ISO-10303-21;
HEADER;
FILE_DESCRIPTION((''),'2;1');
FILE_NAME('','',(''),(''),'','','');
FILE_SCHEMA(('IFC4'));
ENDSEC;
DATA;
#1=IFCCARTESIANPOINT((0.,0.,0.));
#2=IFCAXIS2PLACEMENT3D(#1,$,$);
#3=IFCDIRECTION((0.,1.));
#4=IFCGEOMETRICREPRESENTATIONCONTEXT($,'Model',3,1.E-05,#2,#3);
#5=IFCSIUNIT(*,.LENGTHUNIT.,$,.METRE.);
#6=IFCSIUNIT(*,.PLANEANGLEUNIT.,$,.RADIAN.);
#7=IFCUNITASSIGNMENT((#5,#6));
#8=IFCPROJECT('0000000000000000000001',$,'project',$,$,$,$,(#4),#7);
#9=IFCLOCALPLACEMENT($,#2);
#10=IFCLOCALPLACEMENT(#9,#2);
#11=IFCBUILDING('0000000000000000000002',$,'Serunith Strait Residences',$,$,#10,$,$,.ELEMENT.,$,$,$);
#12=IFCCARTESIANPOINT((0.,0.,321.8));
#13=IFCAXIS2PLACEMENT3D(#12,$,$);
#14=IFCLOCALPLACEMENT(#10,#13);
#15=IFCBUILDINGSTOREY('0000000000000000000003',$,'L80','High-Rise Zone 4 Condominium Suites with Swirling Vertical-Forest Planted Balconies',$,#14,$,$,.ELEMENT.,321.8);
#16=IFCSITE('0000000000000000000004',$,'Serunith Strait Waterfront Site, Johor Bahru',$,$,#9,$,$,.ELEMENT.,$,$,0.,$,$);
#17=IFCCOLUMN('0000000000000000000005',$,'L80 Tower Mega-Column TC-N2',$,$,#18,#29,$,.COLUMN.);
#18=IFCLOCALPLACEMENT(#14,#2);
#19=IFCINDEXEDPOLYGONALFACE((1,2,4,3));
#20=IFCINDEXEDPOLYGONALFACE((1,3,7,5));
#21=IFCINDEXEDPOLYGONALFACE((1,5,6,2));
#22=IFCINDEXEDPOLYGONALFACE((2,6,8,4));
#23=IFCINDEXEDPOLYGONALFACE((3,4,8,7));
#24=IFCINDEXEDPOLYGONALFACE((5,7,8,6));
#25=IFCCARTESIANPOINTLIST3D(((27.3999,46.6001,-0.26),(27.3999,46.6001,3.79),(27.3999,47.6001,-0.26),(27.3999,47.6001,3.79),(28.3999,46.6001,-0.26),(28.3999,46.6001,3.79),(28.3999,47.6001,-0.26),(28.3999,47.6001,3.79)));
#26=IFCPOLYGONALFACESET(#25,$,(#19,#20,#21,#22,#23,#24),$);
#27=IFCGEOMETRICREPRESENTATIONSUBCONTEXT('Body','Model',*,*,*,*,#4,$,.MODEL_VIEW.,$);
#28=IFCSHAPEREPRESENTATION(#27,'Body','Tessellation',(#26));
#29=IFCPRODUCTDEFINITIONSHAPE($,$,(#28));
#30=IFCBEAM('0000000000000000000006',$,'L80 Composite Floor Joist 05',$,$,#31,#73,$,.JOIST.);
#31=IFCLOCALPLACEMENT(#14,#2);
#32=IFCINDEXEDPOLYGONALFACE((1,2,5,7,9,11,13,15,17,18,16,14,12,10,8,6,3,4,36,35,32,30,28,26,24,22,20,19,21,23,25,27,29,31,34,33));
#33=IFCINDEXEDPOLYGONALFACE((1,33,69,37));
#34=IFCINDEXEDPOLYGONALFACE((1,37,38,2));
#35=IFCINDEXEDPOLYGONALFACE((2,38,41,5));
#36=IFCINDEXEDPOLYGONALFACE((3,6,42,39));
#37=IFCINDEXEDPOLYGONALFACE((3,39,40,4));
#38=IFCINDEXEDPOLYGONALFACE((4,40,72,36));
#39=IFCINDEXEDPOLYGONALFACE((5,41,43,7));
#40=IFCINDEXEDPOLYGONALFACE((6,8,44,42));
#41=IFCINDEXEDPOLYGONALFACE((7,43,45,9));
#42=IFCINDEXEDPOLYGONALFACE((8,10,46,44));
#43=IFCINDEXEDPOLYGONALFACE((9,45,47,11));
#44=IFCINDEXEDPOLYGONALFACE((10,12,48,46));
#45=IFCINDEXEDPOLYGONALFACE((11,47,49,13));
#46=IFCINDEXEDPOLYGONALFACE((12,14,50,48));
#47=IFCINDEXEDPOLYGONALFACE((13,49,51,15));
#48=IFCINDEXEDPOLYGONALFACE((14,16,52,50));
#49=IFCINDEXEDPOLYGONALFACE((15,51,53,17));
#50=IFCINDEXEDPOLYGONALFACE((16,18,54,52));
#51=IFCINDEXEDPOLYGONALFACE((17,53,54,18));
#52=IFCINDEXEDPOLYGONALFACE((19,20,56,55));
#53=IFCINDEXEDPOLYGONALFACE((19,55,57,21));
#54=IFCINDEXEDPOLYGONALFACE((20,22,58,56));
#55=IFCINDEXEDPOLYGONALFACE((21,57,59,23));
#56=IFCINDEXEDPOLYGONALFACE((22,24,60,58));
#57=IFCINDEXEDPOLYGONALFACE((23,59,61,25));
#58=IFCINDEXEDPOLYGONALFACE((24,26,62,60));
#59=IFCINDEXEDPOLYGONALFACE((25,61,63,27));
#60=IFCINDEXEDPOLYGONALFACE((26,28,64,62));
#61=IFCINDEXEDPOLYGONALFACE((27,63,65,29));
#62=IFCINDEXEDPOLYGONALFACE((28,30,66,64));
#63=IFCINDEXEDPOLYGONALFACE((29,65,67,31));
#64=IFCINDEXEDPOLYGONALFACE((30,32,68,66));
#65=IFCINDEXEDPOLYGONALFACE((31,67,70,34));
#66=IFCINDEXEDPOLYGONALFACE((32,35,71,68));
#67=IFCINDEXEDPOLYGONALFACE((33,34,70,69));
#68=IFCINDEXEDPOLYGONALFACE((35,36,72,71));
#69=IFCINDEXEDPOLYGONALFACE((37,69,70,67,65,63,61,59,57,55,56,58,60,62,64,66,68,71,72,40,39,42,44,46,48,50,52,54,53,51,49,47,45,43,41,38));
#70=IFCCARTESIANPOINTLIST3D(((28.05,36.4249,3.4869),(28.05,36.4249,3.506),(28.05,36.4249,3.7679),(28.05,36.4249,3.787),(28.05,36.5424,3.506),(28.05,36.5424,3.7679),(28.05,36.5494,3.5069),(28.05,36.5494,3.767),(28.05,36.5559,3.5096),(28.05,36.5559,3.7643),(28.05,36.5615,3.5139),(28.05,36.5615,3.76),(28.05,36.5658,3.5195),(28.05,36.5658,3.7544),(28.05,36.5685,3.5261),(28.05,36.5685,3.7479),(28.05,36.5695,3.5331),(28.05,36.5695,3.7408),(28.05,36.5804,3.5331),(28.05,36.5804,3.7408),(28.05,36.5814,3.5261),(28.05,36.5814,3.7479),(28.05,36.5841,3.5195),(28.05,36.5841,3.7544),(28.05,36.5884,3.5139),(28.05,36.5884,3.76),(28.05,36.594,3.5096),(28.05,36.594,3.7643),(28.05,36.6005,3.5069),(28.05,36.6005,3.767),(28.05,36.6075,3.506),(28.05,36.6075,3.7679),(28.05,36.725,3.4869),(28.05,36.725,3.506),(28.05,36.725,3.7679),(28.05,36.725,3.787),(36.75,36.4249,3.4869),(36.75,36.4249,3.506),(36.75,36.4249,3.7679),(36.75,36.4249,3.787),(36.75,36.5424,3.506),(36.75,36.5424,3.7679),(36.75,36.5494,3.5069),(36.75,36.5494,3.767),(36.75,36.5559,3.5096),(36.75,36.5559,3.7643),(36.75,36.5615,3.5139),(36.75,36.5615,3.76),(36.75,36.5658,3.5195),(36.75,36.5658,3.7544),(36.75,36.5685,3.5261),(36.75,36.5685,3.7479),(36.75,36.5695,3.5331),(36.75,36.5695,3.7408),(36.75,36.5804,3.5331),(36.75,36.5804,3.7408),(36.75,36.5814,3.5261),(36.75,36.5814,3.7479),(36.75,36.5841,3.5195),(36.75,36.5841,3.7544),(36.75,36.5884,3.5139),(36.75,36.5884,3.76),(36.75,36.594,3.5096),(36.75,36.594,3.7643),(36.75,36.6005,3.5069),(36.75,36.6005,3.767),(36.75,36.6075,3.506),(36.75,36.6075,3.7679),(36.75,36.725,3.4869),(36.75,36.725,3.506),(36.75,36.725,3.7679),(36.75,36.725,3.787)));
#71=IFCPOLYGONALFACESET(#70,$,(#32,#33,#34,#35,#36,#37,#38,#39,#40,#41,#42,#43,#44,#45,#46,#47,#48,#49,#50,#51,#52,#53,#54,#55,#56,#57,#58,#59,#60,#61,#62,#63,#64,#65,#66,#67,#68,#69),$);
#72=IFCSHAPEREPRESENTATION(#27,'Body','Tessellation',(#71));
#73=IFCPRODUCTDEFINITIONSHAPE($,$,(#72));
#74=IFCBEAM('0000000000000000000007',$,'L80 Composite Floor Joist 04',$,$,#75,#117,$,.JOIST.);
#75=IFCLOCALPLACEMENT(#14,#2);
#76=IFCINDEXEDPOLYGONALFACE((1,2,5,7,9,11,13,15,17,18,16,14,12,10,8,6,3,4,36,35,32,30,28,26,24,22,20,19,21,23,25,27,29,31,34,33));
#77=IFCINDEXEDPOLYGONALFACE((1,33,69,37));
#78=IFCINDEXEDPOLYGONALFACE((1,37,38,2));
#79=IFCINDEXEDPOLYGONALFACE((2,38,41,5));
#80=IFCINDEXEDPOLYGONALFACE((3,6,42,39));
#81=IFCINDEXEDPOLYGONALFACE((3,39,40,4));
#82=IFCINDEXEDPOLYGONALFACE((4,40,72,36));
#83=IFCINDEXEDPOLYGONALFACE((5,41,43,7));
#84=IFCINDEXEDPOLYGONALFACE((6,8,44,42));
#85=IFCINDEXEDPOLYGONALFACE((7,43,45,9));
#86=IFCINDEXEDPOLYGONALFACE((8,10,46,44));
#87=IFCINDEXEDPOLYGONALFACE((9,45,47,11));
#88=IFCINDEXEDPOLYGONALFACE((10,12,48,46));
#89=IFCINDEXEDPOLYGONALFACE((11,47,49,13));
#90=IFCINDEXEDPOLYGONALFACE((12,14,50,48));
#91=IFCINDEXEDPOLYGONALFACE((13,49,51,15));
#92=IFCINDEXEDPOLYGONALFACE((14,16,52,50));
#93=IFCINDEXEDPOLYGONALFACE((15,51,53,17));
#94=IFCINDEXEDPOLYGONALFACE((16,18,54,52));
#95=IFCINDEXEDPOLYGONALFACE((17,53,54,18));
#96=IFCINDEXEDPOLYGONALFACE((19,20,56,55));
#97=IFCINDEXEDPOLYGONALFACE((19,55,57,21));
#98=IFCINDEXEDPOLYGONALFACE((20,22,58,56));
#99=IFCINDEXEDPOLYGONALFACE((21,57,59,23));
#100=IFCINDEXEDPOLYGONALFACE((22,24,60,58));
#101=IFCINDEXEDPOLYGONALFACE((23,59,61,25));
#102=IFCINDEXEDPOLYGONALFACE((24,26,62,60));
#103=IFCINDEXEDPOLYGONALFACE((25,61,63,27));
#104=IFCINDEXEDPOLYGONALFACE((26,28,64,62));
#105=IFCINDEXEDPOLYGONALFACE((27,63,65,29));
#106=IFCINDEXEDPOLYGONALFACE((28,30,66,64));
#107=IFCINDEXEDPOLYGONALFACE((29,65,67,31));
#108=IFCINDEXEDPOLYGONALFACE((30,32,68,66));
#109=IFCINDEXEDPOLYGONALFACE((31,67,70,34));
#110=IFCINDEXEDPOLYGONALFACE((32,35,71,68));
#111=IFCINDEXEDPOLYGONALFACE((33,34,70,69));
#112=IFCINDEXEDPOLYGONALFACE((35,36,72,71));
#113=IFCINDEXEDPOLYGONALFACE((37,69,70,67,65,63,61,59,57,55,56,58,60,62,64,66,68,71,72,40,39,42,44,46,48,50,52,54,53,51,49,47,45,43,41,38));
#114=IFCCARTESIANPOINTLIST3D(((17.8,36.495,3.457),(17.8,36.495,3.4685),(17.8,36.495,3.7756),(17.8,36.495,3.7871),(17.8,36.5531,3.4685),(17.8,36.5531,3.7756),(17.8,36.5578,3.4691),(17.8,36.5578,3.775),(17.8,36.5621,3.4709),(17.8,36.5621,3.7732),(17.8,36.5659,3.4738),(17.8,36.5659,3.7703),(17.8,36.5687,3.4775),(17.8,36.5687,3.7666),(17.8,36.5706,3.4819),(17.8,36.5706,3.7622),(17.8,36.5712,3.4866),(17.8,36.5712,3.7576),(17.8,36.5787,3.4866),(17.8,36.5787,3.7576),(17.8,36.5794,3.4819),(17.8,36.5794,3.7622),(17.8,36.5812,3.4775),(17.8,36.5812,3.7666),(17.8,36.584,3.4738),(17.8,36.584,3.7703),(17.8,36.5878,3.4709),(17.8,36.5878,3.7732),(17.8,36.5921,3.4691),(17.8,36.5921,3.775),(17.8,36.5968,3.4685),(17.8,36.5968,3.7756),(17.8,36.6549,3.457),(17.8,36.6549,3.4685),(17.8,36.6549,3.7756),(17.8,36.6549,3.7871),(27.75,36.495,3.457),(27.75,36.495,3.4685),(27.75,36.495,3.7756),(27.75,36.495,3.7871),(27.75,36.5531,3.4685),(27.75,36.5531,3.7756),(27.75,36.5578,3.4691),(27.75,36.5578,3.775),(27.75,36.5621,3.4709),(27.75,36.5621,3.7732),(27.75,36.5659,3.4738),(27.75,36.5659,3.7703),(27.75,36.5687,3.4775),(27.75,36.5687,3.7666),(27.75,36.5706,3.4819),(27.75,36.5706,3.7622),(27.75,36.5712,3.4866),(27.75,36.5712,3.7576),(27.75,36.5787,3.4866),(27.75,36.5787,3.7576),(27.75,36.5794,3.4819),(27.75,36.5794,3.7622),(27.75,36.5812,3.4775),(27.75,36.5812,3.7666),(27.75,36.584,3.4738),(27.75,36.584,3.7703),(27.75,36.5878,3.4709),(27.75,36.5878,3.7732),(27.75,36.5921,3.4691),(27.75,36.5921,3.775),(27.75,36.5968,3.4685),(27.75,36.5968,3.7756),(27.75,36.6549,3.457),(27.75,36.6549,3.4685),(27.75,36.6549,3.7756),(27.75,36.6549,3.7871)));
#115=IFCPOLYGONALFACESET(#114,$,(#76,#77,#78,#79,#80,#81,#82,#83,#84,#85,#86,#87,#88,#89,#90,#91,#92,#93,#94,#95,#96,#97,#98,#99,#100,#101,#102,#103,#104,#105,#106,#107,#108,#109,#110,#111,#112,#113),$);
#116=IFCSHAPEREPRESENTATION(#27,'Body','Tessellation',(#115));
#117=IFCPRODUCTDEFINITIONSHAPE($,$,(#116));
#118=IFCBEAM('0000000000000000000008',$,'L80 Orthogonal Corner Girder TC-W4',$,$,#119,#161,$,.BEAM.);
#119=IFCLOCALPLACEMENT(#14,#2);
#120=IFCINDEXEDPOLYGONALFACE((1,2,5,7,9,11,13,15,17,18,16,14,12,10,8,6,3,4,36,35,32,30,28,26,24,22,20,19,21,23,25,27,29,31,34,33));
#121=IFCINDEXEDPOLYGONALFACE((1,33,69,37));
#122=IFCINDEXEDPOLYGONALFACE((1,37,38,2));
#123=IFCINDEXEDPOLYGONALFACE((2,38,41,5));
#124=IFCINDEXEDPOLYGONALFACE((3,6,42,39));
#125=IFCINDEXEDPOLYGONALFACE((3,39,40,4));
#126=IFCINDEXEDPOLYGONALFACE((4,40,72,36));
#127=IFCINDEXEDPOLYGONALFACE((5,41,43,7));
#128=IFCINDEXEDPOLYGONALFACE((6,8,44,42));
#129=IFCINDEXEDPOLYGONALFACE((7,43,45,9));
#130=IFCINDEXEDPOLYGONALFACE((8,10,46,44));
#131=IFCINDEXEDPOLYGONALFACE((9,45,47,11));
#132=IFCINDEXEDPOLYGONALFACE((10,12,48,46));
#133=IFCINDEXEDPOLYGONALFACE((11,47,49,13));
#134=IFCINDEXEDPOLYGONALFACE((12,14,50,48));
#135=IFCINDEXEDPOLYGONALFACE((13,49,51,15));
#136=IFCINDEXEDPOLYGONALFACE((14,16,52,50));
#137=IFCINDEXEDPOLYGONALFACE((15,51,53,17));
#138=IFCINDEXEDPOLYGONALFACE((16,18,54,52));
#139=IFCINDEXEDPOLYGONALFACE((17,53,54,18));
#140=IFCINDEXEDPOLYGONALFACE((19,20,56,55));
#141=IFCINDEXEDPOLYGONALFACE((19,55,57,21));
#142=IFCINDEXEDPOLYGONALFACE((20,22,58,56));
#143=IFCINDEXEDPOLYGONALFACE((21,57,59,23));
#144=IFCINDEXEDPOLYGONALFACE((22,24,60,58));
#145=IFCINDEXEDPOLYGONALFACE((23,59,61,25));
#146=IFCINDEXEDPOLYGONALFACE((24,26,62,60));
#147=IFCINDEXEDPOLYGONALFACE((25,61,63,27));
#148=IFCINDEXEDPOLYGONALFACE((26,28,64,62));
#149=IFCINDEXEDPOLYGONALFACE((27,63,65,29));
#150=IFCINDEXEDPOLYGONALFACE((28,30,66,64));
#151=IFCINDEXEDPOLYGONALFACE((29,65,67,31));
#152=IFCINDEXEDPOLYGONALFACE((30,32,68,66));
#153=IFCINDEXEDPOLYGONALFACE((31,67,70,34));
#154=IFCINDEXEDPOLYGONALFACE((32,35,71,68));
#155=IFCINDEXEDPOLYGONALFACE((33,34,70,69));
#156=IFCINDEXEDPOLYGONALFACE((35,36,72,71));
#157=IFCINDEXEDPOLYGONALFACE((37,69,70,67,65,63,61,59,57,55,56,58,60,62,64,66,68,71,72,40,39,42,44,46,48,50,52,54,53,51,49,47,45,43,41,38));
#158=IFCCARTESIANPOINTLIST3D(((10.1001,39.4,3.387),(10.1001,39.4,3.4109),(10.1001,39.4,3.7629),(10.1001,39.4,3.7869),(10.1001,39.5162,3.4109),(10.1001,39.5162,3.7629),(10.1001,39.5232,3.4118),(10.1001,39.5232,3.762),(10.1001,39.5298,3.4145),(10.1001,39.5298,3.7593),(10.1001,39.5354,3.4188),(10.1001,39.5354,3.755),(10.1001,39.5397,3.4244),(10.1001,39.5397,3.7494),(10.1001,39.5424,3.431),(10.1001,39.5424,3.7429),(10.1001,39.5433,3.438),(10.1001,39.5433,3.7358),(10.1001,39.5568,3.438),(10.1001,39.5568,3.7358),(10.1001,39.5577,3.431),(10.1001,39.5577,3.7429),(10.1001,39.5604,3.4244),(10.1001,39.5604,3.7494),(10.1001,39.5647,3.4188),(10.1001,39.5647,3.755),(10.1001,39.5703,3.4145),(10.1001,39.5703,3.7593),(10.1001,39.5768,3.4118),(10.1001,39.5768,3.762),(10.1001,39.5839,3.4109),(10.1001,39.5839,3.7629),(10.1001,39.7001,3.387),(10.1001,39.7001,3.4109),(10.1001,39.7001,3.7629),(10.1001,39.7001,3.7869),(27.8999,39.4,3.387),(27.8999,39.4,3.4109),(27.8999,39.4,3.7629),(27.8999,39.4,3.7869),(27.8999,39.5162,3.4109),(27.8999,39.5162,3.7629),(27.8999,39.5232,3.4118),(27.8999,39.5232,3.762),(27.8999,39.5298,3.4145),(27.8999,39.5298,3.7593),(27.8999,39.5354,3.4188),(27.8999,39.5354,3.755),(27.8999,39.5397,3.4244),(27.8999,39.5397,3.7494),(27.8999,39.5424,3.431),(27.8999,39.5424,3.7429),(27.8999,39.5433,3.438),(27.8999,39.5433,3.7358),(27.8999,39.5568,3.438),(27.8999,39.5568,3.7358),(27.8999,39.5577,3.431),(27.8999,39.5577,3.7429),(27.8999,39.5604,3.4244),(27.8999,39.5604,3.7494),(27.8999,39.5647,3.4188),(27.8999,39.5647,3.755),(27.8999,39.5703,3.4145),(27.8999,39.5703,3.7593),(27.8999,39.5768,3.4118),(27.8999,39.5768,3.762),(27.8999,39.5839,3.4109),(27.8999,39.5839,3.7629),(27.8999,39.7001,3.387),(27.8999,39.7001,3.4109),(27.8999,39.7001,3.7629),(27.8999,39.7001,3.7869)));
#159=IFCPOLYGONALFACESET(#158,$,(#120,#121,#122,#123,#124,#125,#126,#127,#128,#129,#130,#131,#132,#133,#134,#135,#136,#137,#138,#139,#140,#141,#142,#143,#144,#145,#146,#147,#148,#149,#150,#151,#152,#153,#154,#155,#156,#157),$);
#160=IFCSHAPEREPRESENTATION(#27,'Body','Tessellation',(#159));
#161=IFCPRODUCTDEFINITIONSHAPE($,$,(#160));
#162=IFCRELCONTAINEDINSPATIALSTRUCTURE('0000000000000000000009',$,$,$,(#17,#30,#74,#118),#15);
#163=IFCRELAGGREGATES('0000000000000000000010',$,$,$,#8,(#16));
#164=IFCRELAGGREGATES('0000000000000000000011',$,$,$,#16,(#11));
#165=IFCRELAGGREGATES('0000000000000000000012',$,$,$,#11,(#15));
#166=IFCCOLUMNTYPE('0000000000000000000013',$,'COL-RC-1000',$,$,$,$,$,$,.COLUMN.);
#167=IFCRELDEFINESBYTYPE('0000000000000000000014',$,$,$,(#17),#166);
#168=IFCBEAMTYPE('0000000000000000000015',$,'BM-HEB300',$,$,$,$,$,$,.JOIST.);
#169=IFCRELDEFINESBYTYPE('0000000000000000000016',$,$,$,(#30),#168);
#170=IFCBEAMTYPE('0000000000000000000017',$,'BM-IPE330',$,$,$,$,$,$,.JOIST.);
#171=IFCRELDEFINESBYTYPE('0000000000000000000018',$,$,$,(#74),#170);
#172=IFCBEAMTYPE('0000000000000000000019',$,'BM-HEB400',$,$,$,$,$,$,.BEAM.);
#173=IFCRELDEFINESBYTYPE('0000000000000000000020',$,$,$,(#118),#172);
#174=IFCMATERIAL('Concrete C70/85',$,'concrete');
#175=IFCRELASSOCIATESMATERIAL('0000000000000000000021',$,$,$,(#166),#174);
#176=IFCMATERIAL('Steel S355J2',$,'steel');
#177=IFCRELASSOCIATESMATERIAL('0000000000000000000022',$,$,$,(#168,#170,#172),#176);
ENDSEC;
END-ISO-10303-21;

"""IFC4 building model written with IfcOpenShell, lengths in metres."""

from ifc_helpers import new_model, si_unit, direction, frame, origin, origin_2d, place, context, subcontext, project, spatial, rectangle, i_section, extrude, source, transform, mapped, material, material_profile, profile_set, type_object, element, save


model = new_model("IFC4")

# Units and contexts
model_context = context("Model", 3, precision=1e-05, world=origin(), true_north=direction((0.0, 1.0)))
body_context = subcontext(model_context, "Body", "Model", "MODEL_VIEW")
ifc_project = project(units=[si_unit("LENGTHUNIT", "METRE"), si_unit("PLANEANGLEUNIT", "RADIAN")], contexts=[model_context])

# Site, building, storey
site_placement = place(None, origin())
site = spatial("IfcSite", under=ifc_project, at=site_placement, Name="Serunith Strait Waterfront Site, Johor Bahru", CompositionType="ELEMENT", RefElevation=0.0)
building_placement = place(site_placement, origin())
building = spatial("IfcBuilding", under=site, at=building_placement, Name="Serunith Strait Residences", CompositionType="ELEMENT")
storey_placement = place(building_placement, frame((0.0, 0.0, 321.8)))
storey = spatial("IfcBuildingStorey", under=building, at=storey_placement, Name="L80", Description="High-Rise Zone 4 Condominium Suites with Swirling Vertical-Forest Planted Balconies", CompositionType="ELEMENT", Elevation=321.8)

# Column
ifc_material_1 = material(Name="Concrete C70/85", Category="concrete")
ifc_material_profile_1 = material_profile(ifc_material_1, rectangle(XDim=1.0, YDim=1.0, at=origin_2d()), Name="RC 1000x1000")
ifc_profile_set_1 = profile_set([ifc_material_profile_1], Name="Concrete C70/85")
column_type = type_object("IfcColumnType", Name="COL-RC-1000", PredefinedType="COLUMN", material=ifc_profile_set_1)
shared_shape_1 = source(origin(), body_context, "Body", "SweptSolid", [
    extrude(rectangle(XDim=1.0, YDim=1.0, at=origin_2d()), origin(), (0.0, 0.0, 1.0), 4.05),
])
column_placement = place(storey_placement, frame((27.8999, 47.1001, -0.26), z_axis=(0.0, 0.0, 1.0), x_axis=(1.0, 0.0, 0.0)))
element("IfcColumn", 1, at=column_placement, inside=storey, type_object=column_type, Name="L80 Tower Mega-Column TC-N2", PredefinedType="COLUMN", context=body_context, shape_type="MappedRepresentation", body=[
    mapped(shared_shape_1, transform((0.0, 0.0, 0.0), scale=1.0)),
])

# Beams
ifc_material_2 = material(Name="Steel S355J2", Category="steel")
ifc_material_profile_2 = material_profile(ifc_material_2, i_section(OverallWidth=0.3, OverallDepth=0.3, WebThickness=0.011, FlangeThickness=0.019, FilletRadius=0.0271, at=origin_2d()), Name="HEB 300")
ifc_profile_set_2 = profile_set([ifc_material_profile_2], Name="Steel S355J2")
beam_type_1 = type_object("IfcBeamType", Name="BM-HEB300", PredefinedType="JOIST", material=ifc_profile_set_2)
shared_shape_2 = source(origin(), body_context, "Body", "SweptSolid", [
    extrude(i_section(OverallWidth=0.3, OverallDepth=0.3, WebThickness=0.011, FlangeThickness=0.019, FilletRadius=0.0271, at=origin_2d()), origin(), (0.0, 0.0, 1.0), 8.7),
])
beam_1_placement = place(storey_placement, frame((28.05, 36.575, 3.637), z_axis=(1.0, 0.0, 0.0), x_axis=(0.0, 1.0, 0.0)))
element("IfcBeam", 2, at=beam_1_placement, inside=storey, type_object=beam_type_1, Name="L80 Composite Floor Joist 05", PredefinedType="JOIST", context=body_context, shape_type="MappedRepresentation", body=[
    mapped(shared_shape_2, transform((0.0, 0.0, 0.0), scale=1.0)),
])
ifc_material_profile_3 = material_profile(ifc_material_2, i_section(OverallWidth=0.1599, OverallDepth=0.3301, WebThickness=0.0076, FlangeThickness=0.0115, FilletRadius=0.0181, at=origin_2d()), Name="IPE 330")
ifc_profile_set_3 = profile_set([ifc_material_profile_3], Name="Steel S355J2")
beam_type_2 = type_object("IfcBeamType", Name="BM-IPE330", PredefinedType="JOIST", material=ifc_profile_set_3)
shared_shape_3 = source(origin(), body_context, "Body", "SweptSolid", [
    extrude(i_section(OverallWidth=0.1599, OverallDepth=0.3301, WebThickness=0.0076, FlangeThickness=0.0115, FilletRadius=0.0181, at=origin_2d()), origin(), (0.0, 0.0, 1.0), 9.95),
])
beam_2_placement = place(storey_placement, frame((17.8, 36.575, 3.6221), z_axis=(1.0, 0.0, 0.0), x_axis=(0.0, 1.0, 0.0)))
element("IfcBeam", 3, at=beam_2_placement, inside=storey, type_object=beam_type_2, Name="L80 Composite Floor Joist 04", PredefinedType="JOIST", context=body_context, shape_type="MappedRepresentation", body=[
    mapped(shared_shape_3, transform((0.0, 0.0, 0.0), scale=1.0)),
])
ifc_material_profile_4 = material_profile(ifc_material_2, i_section(OverallWidth=0.3, OverallDepth=0.3999, WebThickness=0.0134, FlangeThickness=0.0239, FilletRadius=0.0271, at=origin_2d()), Name="HEB 400")
ifc_profile_set_4 = profile_set([ifc_material_profile_4], Name="Steel S355J2")
beam_type_3 = type_object("IfcBeamType", Name="BM-HEB400", PredefinedType="BEAM", material=ifc_profile_set_4)
shared_shape_4 = source(origin(), body_context, "Body", "SweptSolid", [
    extrude(i_section(OverallWidth=0.3, OverallDepth=0.3999, WebThickness=0.0134, FlangeThickness=0.0239, FilletRadius=0.0271, at=origin_2d()), origin(), (0.0, 0.0, 1.0), 17.7998),
])
beam_3_placement = place(storey_placement, frame((27.8999, 39.55, 3.5869), z_axis=(-1.0, 0.0, 0.0), x_axis=(0.0, -1.0, 0.0)))
element("IfcBeam", 4, at=beam_3_placement, inside=storey, type_object=beam_type_3, Name="L80 Orthogonal Corner Girder TC-W4", PredefinedType="BEAM", context=body_context, shape_type="MappedRepresentation", body=[
    mapped(shared_shape_4, transform((0.0, 0.0, 0.0), scale=1.0)),
])

save(model, "model.ifc")
